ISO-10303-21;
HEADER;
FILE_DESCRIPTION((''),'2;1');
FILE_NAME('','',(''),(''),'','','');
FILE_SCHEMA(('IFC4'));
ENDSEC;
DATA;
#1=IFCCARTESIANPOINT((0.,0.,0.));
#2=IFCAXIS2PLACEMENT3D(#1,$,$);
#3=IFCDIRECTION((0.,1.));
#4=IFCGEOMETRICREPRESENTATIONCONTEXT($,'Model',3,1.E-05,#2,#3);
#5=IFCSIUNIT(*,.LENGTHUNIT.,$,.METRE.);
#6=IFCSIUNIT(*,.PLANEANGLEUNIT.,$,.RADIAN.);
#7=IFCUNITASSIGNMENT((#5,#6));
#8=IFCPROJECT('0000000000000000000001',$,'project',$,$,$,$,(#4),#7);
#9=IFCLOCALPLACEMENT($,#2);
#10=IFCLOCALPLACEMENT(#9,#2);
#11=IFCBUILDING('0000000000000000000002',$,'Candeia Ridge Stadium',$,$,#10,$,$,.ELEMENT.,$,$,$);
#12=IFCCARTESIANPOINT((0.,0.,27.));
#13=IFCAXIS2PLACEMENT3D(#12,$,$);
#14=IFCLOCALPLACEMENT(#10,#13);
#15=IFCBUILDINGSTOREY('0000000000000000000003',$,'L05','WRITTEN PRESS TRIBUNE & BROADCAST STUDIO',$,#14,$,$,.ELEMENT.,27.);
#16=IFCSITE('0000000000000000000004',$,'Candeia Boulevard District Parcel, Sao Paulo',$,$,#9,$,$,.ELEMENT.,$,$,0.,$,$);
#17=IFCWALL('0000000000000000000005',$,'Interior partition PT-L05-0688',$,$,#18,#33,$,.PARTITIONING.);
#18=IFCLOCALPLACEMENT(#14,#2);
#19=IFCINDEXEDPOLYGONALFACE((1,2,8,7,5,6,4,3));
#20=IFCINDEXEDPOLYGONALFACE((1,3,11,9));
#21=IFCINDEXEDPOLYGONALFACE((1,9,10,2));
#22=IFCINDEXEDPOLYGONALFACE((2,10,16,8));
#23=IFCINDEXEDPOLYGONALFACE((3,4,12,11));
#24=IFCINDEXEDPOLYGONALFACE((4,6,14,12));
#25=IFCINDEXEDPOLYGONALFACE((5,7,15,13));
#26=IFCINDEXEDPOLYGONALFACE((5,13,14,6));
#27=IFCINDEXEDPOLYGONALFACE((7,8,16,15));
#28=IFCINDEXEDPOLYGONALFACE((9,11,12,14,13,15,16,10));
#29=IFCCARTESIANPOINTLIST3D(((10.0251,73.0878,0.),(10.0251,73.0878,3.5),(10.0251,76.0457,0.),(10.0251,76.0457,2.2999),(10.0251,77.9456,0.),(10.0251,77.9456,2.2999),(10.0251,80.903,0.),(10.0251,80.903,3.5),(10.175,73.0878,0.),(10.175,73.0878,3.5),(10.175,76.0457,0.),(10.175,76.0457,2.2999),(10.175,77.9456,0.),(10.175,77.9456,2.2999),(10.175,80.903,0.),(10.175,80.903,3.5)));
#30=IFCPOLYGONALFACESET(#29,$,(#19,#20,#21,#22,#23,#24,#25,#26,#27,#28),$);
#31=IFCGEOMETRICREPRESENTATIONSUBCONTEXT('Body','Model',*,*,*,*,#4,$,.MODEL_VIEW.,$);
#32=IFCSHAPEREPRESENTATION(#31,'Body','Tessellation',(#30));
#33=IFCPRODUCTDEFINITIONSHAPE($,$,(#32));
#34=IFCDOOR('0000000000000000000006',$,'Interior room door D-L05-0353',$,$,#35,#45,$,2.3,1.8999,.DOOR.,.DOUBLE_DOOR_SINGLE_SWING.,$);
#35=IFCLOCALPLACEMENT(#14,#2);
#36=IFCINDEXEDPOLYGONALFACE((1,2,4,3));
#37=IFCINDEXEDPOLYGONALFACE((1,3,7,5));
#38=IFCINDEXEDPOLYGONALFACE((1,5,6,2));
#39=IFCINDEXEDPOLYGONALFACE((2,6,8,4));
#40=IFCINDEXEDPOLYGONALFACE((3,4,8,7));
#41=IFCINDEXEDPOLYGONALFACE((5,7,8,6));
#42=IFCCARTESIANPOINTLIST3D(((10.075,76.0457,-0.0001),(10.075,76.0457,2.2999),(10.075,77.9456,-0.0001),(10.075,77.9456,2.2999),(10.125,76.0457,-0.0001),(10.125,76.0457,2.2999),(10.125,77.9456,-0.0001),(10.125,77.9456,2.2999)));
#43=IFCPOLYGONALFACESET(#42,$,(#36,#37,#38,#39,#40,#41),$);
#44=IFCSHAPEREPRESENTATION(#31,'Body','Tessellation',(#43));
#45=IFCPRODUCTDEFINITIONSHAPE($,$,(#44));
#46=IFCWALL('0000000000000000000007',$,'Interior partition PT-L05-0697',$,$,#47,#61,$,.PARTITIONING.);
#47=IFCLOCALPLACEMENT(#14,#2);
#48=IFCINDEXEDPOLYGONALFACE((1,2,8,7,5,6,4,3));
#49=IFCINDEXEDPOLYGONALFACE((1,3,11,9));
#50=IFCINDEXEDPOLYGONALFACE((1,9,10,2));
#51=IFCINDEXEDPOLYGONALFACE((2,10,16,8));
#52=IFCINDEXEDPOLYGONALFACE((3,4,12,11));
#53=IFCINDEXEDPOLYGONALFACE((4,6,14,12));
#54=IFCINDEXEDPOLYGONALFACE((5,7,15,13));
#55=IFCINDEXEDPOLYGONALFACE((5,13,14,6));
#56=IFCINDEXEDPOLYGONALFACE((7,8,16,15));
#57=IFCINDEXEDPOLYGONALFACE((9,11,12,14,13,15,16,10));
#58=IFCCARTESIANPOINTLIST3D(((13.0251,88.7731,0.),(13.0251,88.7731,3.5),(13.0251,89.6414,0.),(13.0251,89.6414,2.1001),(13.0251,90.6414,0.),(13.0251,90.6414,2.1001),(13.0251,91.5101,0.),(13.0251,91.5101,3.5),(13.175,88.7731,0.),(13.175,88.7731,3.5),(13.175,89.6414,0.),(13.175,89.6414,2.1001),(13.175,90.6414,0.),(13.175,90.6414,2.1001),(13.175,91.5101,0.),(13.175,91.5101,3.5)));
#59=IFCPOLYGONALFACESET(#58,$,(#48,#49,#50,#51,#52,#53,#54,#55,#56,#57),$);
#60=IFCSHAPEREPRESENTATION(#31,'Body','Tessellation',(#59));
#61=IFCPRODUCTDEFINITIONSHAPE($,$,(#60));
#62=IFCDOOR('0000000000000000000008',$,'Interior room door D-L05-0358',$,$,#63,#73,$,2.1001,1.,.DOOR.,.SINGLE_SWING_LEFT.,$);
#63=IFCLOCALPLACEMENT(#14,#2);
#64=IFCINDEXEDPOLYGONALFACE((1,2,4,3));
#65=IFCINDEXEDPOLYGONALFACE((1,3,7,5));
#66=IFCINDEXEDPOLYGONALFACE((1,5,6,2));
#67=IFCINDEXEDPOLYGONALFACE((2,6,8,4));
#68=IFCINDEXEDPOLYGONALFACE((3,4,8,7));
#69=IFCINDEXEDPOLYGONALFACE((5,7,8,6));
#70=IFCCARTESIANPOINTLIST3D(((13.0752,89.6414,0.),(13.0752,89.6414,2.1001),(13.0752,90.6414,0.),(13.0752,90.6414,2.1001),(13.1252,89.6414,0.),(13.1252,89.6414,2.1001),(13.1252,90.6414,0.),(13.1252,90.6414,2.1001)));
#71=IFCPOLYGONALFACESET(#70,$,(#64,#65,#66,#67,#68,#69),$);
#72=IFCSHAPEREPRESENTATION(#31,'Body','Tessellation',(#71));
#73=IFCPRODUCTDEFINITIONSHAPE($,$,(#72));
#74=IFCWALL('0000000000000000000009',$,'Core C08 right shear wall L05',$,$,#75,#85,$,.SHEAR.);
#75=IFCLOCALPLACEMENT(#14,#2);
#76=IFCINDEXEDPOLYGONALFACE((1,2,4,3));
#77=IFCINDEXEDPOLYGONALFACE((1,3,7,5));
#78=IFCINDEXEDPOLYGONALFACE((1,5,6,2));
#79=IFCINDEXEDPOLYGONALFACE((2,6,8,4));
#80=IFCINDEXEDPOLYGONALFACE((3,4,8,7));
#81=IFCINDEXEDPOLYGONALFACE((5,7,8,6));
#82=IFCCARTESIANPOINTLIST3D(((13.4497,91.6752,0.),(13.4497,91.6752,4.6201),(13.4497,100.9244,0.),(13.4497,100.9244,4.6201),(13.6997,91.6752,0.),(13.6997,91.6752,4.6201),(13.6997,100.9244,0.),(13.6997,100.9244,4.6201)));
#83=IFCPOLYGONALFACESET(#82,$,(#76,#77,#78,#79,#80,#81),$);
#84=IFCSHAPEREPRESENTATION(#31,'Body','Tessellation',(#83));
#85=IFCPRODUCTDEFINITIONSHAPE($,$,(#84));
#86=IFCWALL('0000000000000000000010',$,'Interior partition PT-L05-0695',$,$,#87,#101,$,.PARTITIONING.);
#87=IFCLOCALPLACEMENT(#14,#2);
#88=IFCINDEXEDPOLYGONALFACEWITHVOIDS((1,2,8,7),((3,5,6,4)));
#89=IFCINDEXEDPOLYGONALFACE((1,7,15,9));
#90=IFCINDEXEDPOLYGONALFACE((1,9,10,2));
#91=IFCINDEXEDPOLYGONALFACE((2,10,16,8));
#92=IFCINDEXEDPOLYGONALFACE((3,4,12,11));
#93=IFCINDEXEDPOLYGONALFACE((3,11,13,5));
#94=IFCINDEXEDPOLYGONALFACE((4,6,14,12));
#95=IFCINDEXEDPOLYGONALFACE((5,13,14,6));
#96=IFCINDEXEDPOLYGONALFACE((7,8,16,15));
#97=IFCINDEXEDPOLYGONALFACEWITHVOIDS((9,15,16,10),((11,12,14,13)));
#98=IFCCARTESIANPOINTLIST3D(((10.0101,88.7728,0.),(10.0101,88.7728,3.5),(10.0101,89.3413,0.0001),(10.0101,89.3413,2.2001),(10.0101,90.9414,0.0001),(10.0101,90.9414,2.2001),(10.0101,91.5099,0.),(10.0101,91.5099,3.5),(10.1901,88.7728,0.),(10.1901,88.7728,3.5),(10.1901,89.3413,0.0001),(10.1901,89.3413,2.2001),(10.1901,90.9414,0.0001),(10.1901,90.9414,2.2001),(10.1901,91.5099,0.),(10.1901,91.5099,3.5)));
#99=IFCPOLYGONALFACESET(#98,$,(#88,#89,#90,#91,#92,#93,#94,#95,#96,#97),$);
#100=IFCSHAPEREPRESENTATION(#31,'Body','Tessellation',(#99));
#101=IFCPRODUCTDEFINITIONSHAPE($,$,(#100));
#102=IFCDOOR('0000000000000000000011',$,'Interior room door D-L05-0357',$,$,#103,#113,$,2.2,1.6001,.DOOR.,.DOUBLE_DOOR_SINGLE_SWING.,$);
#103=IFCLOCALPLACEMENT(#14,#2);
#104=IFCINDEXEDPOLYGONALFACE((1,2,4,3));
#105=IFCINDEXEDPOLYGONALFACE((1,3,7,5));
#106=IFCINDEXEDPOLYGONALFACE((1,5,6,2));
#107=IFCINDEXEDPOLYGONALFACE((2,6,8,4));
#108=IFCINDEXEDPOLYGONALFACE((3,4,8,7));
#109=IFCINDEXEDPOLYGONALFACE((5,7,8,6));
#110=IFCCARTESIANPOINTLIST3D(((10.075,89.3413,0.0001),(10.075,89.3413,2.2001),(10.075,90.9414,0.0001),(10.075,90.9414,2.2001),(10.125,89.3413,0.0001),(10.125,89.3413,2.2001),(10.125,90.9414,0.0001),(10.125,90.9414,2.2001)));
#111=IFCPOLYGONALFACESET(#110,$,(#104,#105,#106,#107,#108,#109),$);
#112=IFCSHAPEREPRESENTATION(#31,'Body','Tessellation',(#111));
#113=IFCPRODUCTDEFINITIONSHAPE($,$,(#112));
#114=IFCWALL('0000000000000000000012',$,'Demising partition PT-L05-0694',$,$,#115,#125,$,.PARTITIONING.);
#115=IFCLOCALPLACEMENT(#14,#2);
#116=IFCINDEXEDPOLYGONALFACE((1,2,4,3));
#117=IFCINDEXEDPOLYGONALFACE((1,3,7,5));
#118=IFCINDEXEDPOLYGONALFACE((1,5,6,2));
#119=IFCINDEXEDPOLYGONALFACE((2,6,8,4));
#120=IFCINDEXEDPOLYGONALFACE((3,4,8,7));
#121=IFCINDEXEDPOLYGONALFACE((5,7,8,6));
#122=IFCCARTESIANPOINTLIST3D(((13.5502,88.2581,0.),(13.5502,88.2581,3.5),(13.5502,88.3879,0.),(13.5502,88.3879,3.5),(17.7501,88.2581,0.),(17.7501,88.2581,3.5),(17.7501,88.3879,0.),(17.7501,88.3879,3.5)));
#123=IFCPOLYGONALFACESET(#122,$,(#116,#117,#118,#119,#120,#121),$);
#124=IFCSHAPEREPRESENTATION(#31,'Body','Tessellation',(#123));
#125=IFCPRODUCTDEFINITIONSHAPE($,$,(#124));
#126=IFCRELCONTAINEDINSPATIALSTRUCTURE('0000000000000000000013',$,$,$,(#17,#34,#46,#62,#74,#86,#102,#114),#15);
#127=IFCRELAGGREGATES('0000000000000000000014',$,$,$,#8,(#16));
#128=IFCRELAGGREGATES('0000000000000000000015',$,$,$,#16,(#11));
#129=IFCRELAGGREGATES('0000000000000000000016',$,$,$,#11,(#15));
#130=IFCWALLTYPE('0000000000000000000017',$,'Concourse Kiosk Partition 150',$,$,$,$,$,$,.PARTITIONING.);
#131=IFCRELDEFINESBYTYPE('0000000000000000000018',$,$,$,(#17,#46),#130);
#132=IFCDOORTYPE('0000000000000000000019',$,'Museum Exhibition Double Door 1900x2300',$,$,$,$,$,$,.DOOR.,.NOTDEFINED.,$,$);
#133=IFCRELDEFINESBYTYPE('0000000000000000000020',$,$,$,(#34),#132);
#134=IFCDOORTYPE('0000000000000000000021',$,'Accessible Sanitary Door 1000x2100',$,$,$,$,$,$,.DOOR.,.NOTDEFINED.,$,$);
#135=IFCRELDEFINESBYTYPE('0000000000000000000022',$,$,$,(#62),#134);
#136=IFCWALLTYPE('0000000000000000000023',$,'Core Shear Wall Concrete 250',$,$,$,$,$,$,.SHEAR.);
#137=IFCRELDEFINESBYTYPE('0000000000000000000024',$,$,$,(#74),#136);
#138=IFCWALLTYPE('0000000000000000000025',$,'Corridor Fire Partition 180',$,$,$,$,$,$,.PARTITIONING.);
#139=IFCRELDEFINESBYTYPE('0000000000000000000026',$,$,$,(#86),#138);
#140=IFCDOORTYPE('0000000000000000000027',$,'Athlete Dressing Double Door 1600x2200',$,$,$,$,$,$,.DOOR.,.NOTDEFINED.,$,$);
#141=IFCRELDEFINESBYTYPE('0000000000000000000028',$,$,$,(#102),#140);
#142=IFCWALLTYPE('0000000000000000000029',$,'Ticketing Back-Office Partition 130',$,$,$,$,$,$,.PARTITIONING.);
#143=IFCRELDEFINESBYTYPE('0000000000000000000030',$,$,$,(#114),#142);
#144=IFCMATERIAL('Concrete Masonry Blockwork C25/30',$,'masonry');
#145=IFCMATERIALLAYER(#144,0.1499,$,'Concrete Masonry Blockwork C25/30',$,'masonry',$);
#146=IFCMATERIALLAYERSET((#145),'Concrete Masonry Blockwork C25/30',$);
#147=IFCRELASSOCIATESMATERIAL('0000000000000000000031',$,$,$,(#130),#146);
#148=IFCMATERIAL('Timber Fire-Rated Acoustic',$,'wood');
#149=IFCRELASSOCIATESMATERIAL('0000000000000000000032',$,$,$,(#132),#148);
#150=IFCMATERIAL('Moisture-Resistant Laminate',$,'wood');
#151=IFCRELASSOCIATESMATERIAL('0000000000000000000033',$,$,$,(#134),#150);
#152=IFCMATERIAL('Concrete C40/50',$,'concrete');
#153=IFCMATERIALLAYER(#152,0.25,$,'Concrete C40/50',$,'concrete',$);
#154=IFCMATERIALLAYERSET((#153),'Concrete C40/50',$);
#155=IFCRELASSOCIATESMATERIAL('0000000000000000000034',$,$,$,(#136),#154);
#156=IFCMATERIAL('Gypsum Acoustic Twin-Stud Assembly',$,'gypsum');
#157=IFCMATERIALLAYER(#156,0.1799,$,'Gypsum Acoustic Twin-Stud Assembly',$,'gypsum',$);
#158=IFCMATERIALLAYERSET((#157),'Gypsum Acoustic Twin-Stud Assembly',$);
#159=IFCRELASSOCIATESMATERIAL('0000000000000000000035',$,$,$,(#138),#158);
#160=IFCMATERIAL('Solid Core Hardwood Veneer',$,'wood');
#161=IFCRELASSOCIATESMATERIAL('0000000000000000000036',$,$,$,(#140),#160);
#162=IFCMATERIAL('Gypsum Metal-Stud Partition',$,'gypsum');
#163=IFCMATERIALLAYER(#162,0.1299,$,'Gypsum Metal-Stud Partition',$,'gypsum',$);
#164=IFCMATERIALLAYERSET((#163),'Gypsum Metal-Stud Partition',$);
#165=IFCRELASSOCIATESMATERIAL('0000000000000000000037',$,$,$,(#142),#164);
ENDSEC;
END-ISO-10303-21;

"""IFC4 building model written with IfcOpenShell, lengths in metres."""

from ifc_helpers import new_model, si_unit, direction, frame, frame_2d, origin, place, context, subcontext, project, spatial, rectangle, extrude, material, layer, layer_set, type_object, element, fill, save


model = new_model("IFC4")

# Units and contexts
model_context = context("Model", 3, precision=1e-05, world=origin(), true_north=direction((0.0, 1.0)))
body_context = subcontext(model_context, "Body", "Model", "MODEL_VIEW")
ifc_project = project(units=[si_unit("LENGTHUNIT", "METRE"), si_unit("PLANEANGLEUNIT", "RADIAN")], contexts=[model_context])

# Site, building, storey
site_placement = place(None, origin())
site = spatial("IfcSite", under=ifc_project, at=site_placement, Name="Candeia Boulevard District Parcel, Sao Paulo", CompositionType="ELEMENT", RefElevation=0.0)
building_placement = place(site_placement, origin())
building = spatial("IfcBuilding", under=site, at=building_placement, Name="Candeia Ridge Stadium", CompositionType="ELEMENT")
storey_placement = place(building_placement, frame((0.0, 0.0, 27.0)))
storey = spatial("IfcBuildingStorey", under=building, at=storey_placement, Name="L05", Description="WRITTEN PRESS TRIBUNE & BROADCAST STUDIO", CompositionType="ELEMENT", Elevation=27.0)

# Shared definitions
ifc_material_1 = material(Name="Concrete C40/50", Category="concrete")

# Shared definitions
ifc_material_2 = material(Name="Gypsum Metal-Stud Partition", Category="gypsum")

# Shared definitions
ifc_material_3 = material(Name="Gypsum Acoustic Twin-Stud Assembly", Category="gypsum")

# Walls, openings, doors
ifc_material_4 = material(Name="Concrete Masonry Blockwork C25/30", Category="masonry")
ifc_layer_1 = layer(ifc_material_4, 0.1499, Name="Concrete Masonry Blockwork C25/30", Category="masonry")
ifc_layer_set_1 = layer_set([ifc_layer_1], Name="Concrete Masonry Blockwork C25/30")
wall_type_1 = type_object("IfcWallType", Name="Concourse Kiosk Partition 150", PredefinedType="PARTITIONING", material=ifc_layer_set_1)
wall_1_placement = place(storey_placement, frame((10.1001, 80.9031, 0.0), z_axis=(0.0, 0.0, 1.0), x_axis=(0.0, -1.0, 0.0)))
wall_1 = element("IfcWall", 1, at=wall_1_placement, inside=storey, type_object=wall_type_1, Name="Interior partition PT-L05-0688", PredefinedType="PARTITIONING", context=body_context, shape_type="SweptSolid", body=[
    extrude(rectangle(XDim=7.8152, YDim=0.1499, at=frame_2d((3.9077, 0.0))), origin(), (0.0, 0.0, 1.0), 3.5),
])
opening_1_placement = place(wall_1_placement, frame((2.9575, 0.0, 0.0)))
opening_1 = element("IfcOpeningElement", 2, at=opening_1_placement, cuts=wall_1, PredefinedType="OPENING", context=body_context, shape_type="SweptSolid", body=[
    extrude(rectangle(XDim=1.8999, YDim=2.3, at=frame_2d((0.95, 1.1499))), frame((0.0, 0.085, 0.0), z_axis=(0.0, -1.0, 0.0), x_axis=(1.0, 0.0, 0.0)), (0.0, 0.0, 1.0), 0.1699),
])
ifc_material_5 = material(Name="Timber Fire-Rated Acoustic", Category="wood")
door_type_1 = type_object("IfcDoorType", Name="Museum Exhibition Double Door 1900x2300", OperationType="NOTDEFINED", PredefinedType="DOOR", material=ifc_material_5)
door_1_placement = place(opening_1_placement, origin())
door_1 = element("IfcDoor", 3, at=door_1_placement, inside=storey, type_object=door_type_1, Name="Interior room door D-L05-0353", OperationType="DOUBLE_DOOR_SINGLE_SWING", OverallHeight=2.3, OverallWidth=1.8999, PredefinedType="DOOR", context=body_context, shape_type="SweptSolid", body=[
    extrude(rectangle(XDim=1.8999, YDim=2.3, at=frame_2d((0.95, 1.1499))), frame((0.0, 0.0249, 0.0), z_axis=(0.0, -1.0, 0.0), x_axis=(1.0, 0.0, 0.0)), (0.0, 0.0, 1.0), 0.05),
])
fill(opening_1, door_1)
wall_2_placement = place(storey_placement, frame((13.1001, 88.7729, 0.0), z_axis=(0.0, 0.0, 1.0), x_axis=(0.0, 1.0, 0.0)))
wall_2 = element("IfcWall", 4, at=wall_2_placement, inside=storey, type_object=wall_type_1, Name="Interior partition PT-L05-0697", PredefinedType="PARTITIONING", context=body_context, shape_type="SweptSolid", body=[
    extrude(rectangle(XDim=2.7371, YDim=0.1499, at=frame_2d((1.3687, 0.0))), origin(), (0.0, 0.0, 1.0), 3.5),
])
opening_2_placement = place(wall_2_placement, frame((0.8684, 0.0, 0.0)))
opening_2 = element("IfcOpeningElement", 5, at=opening_2_placement, cuts=wall_2, PredefinedType="OPENING", context=body_context, shape_type="SweptSolid", body=[
    extrude(rectangle(XDim=1.0, YDim=2.1001, at=frame_2d((0.5, 1.05))), frame((0.0, 0.085, 0.0), z_axis=(0.0, -1.0, 0.0), x_axis=(1.0, 0.0, 0.0)), (0.0, 0.0, 1.0), 0.1699),
])
ifc_material_6 = material(Name="Moisture-Resistant Laminate", Category="wood")
door_type_2 = type_object("IfcDoorType", Name="Accessible Sanitary Door 1000x2100", OperationType="NOTDEFINED", PredefinedType="DOOR", material=ifc_material_6)
door_2_placement = place(opening_2_placement, origin())
door_2 = element("IfcDoor", 6, at=door_2_placement, inside=storey, type_object=door_type_2, Name="Interior room door D-L05-0358", OperationType="SINGLE_SWING_LEFT", OverallHeight=2.1001, OverallWidth=1.0, PredefinedType="DOOR", context=body_context, shape_type="SweptSolid", body=[
    extrude(rectangle(XDim=1.0, YDim=2.1001, at=frame_2d((0.5, 1.05))), frame((0.0, 0.0249, 0.0), z_axis=(0.0, -1.0, 0.0), x_axis=(1.0, 0.0, 0.0)), (0.0, 0.0, 1.0), 0.05),
])
fill(opening_2, door_2)

# Wall
ifc_layer_2 = layer(ifc_material_1, 0.25, Name="Concrete C40/50", Category="concrete")
ifc_layer_set_2 = layer_set([ifc_layer_2], Name="Concrete C40/50")
wall_type_2 = type_object("IfcWallType", Name="Core Shear Wall Concrete 250", PredefinedType="SHEAR", material=ifc_layer_set_2)
wall_3_placement = place(storey_placement, frame((13.5747, 91.6753, 0.0), z_axis=(0.0, 0.0, 1.0), x_axis=(0.0, 1.0, 0.0)))
element("IfcWall", 7, at=wall_3_placement, inside=storey, type_object=wall_type_2, Name="Core C08 right shear wall L05", PredefinedType="SHEAR", context=body_context, shape_type="SweptSolid", body=[
    extrude(rectangle(XDim=9.2493, YDim=0.25, at=frame_2d((4.6245, 0.0))), origin(), (0.0, 0.0, 1.0), 4.6201),
])

# Wall, opening, door
ifc_layer_3 = layer(ifc_material_3, 0.1799, Name="Gypsum Acoustic Twin-Stud Assembly", Category="gypsum")
ifc_layer_set_3 = layer_set([ifc_layer_3], Name="Gypsum Acoustic Twin-Stud Assembly")
wall_type_3 = type_object("IfcWallType", Name="Corridor Fire Partition 180", PredefinedType="PARTITIONING", material=ifc_layer_set_3)
wall_4_placement = place(storey_placement, frame((10.1001, 91.51, 0.0), z_axis=(0.0, 0.0, 1.0), x_axis=(0.0, -1.0, 0.0)))
wall_4 = element("IfcWall", 8, at=wall_4_placement, inside=storey, type_object=wall_type_3, Name="Interior partition PT-L05-0695", PredefinedType="PARTITIONING", context=body_context, shape_type="SweptSolid", body=[
    extrude(rectangle(XDim=2.7371, YDim=0.1799, at=frame_2d((1.3687, 0.0))), origin(), (0.0, 0.0, 1.0), 3.5),
])
opening_3_placement = place(wall_4_placement, frame((0.5686, 0.0, 0.0)))
opening_3 = element("IfcOpeningElement", 9, at=opening_3_placement, cuts=wall_4, PredefinedType="OPENING", context=body_context, shape_type="SweptSolid", body=[
    extrude(rectangle(XDim=1.6001, YDim=2.2, at=frame_2d((0.8, 1.1001))), frame((0.0, 0.0999, 0.0), z_axis=(0.0, -1.0, 0.0), x_axis=(1.0, 0.0, 0.0)), (0.0, 0.0, 1.0), 0.2),
])
ifc_material_7 = material(Name="Solid Core Hardwood Veneer", Category="wood")
door_type_3 = type_object("IfcDoorType", Name="Athlete Dressing Double Door 1600x2200", OperationType="NOTDEFINED", PredefinedType="DOOR", material=ifc_material_7)
door_3_placement = place(opening_3_placement, origin())
door_3 = element("IfcDoor", 10, at=door_3_placement, inside=storey, type_object=door_type_3, Name="Interior room door D-L05-0357", OperationType="DOUBLE_DOOR_SINGLE_SWING", OverallHeight=2.2, OverallWidth=1.6001, PredefinedType="DOOR", context=body_context, shape_type="SweptSolid", body=[
    extrude(rectangle(XDim=1.6001, YDim=2.2, at=frame_2d((0.8, 1.1001))), frame((0.0, 0.0249, 0.0), z_axis=(0.0, -1.0, 0.0), x_axis=(1.0, 0.0, 0.0)), (0.0, 0.0, 1.0), 0.05),
])
fill(opening_3, door_3)

# Wall
ifc_layer_4 = layer(ifc_material_2, 0.1299, Name="Gypsum Metal-Stud Partition", Category="gypsum")
ifc_layer_set_4 = layer_set([ifc_layer_4], Name="Gypsum Metal-Stud Partition")
wall_type_4 = type_object("IfcWallType", Name="Ticketing Back-Office Partition 130", PredefinedType="PARTITIONING", material=ifc_layer_set_4)
wall_5_placement = place(storey_placement, frame((13.55, 88.323, 0.0), z_axis=(0.0, 0.0, 1.0), x_axis=(1.0, 0.0, 0.0)))
element("IfcWall", 11, at=wall_5_placement, inside=storey, type_object=wall_type_4, Name="Demising partition PT-L05-0694", PredefinedType="PARTITIONING", context=body_context, shape_type="SweptSolid", body=[
    extrude(rectangle(XDim=4.2, YDim=0.1299, at=frame_2d((2.1001, 0.0))), origin(), (0.0, 0.0, 1.0), 3.5),
])

save(model, "model.ifc")
